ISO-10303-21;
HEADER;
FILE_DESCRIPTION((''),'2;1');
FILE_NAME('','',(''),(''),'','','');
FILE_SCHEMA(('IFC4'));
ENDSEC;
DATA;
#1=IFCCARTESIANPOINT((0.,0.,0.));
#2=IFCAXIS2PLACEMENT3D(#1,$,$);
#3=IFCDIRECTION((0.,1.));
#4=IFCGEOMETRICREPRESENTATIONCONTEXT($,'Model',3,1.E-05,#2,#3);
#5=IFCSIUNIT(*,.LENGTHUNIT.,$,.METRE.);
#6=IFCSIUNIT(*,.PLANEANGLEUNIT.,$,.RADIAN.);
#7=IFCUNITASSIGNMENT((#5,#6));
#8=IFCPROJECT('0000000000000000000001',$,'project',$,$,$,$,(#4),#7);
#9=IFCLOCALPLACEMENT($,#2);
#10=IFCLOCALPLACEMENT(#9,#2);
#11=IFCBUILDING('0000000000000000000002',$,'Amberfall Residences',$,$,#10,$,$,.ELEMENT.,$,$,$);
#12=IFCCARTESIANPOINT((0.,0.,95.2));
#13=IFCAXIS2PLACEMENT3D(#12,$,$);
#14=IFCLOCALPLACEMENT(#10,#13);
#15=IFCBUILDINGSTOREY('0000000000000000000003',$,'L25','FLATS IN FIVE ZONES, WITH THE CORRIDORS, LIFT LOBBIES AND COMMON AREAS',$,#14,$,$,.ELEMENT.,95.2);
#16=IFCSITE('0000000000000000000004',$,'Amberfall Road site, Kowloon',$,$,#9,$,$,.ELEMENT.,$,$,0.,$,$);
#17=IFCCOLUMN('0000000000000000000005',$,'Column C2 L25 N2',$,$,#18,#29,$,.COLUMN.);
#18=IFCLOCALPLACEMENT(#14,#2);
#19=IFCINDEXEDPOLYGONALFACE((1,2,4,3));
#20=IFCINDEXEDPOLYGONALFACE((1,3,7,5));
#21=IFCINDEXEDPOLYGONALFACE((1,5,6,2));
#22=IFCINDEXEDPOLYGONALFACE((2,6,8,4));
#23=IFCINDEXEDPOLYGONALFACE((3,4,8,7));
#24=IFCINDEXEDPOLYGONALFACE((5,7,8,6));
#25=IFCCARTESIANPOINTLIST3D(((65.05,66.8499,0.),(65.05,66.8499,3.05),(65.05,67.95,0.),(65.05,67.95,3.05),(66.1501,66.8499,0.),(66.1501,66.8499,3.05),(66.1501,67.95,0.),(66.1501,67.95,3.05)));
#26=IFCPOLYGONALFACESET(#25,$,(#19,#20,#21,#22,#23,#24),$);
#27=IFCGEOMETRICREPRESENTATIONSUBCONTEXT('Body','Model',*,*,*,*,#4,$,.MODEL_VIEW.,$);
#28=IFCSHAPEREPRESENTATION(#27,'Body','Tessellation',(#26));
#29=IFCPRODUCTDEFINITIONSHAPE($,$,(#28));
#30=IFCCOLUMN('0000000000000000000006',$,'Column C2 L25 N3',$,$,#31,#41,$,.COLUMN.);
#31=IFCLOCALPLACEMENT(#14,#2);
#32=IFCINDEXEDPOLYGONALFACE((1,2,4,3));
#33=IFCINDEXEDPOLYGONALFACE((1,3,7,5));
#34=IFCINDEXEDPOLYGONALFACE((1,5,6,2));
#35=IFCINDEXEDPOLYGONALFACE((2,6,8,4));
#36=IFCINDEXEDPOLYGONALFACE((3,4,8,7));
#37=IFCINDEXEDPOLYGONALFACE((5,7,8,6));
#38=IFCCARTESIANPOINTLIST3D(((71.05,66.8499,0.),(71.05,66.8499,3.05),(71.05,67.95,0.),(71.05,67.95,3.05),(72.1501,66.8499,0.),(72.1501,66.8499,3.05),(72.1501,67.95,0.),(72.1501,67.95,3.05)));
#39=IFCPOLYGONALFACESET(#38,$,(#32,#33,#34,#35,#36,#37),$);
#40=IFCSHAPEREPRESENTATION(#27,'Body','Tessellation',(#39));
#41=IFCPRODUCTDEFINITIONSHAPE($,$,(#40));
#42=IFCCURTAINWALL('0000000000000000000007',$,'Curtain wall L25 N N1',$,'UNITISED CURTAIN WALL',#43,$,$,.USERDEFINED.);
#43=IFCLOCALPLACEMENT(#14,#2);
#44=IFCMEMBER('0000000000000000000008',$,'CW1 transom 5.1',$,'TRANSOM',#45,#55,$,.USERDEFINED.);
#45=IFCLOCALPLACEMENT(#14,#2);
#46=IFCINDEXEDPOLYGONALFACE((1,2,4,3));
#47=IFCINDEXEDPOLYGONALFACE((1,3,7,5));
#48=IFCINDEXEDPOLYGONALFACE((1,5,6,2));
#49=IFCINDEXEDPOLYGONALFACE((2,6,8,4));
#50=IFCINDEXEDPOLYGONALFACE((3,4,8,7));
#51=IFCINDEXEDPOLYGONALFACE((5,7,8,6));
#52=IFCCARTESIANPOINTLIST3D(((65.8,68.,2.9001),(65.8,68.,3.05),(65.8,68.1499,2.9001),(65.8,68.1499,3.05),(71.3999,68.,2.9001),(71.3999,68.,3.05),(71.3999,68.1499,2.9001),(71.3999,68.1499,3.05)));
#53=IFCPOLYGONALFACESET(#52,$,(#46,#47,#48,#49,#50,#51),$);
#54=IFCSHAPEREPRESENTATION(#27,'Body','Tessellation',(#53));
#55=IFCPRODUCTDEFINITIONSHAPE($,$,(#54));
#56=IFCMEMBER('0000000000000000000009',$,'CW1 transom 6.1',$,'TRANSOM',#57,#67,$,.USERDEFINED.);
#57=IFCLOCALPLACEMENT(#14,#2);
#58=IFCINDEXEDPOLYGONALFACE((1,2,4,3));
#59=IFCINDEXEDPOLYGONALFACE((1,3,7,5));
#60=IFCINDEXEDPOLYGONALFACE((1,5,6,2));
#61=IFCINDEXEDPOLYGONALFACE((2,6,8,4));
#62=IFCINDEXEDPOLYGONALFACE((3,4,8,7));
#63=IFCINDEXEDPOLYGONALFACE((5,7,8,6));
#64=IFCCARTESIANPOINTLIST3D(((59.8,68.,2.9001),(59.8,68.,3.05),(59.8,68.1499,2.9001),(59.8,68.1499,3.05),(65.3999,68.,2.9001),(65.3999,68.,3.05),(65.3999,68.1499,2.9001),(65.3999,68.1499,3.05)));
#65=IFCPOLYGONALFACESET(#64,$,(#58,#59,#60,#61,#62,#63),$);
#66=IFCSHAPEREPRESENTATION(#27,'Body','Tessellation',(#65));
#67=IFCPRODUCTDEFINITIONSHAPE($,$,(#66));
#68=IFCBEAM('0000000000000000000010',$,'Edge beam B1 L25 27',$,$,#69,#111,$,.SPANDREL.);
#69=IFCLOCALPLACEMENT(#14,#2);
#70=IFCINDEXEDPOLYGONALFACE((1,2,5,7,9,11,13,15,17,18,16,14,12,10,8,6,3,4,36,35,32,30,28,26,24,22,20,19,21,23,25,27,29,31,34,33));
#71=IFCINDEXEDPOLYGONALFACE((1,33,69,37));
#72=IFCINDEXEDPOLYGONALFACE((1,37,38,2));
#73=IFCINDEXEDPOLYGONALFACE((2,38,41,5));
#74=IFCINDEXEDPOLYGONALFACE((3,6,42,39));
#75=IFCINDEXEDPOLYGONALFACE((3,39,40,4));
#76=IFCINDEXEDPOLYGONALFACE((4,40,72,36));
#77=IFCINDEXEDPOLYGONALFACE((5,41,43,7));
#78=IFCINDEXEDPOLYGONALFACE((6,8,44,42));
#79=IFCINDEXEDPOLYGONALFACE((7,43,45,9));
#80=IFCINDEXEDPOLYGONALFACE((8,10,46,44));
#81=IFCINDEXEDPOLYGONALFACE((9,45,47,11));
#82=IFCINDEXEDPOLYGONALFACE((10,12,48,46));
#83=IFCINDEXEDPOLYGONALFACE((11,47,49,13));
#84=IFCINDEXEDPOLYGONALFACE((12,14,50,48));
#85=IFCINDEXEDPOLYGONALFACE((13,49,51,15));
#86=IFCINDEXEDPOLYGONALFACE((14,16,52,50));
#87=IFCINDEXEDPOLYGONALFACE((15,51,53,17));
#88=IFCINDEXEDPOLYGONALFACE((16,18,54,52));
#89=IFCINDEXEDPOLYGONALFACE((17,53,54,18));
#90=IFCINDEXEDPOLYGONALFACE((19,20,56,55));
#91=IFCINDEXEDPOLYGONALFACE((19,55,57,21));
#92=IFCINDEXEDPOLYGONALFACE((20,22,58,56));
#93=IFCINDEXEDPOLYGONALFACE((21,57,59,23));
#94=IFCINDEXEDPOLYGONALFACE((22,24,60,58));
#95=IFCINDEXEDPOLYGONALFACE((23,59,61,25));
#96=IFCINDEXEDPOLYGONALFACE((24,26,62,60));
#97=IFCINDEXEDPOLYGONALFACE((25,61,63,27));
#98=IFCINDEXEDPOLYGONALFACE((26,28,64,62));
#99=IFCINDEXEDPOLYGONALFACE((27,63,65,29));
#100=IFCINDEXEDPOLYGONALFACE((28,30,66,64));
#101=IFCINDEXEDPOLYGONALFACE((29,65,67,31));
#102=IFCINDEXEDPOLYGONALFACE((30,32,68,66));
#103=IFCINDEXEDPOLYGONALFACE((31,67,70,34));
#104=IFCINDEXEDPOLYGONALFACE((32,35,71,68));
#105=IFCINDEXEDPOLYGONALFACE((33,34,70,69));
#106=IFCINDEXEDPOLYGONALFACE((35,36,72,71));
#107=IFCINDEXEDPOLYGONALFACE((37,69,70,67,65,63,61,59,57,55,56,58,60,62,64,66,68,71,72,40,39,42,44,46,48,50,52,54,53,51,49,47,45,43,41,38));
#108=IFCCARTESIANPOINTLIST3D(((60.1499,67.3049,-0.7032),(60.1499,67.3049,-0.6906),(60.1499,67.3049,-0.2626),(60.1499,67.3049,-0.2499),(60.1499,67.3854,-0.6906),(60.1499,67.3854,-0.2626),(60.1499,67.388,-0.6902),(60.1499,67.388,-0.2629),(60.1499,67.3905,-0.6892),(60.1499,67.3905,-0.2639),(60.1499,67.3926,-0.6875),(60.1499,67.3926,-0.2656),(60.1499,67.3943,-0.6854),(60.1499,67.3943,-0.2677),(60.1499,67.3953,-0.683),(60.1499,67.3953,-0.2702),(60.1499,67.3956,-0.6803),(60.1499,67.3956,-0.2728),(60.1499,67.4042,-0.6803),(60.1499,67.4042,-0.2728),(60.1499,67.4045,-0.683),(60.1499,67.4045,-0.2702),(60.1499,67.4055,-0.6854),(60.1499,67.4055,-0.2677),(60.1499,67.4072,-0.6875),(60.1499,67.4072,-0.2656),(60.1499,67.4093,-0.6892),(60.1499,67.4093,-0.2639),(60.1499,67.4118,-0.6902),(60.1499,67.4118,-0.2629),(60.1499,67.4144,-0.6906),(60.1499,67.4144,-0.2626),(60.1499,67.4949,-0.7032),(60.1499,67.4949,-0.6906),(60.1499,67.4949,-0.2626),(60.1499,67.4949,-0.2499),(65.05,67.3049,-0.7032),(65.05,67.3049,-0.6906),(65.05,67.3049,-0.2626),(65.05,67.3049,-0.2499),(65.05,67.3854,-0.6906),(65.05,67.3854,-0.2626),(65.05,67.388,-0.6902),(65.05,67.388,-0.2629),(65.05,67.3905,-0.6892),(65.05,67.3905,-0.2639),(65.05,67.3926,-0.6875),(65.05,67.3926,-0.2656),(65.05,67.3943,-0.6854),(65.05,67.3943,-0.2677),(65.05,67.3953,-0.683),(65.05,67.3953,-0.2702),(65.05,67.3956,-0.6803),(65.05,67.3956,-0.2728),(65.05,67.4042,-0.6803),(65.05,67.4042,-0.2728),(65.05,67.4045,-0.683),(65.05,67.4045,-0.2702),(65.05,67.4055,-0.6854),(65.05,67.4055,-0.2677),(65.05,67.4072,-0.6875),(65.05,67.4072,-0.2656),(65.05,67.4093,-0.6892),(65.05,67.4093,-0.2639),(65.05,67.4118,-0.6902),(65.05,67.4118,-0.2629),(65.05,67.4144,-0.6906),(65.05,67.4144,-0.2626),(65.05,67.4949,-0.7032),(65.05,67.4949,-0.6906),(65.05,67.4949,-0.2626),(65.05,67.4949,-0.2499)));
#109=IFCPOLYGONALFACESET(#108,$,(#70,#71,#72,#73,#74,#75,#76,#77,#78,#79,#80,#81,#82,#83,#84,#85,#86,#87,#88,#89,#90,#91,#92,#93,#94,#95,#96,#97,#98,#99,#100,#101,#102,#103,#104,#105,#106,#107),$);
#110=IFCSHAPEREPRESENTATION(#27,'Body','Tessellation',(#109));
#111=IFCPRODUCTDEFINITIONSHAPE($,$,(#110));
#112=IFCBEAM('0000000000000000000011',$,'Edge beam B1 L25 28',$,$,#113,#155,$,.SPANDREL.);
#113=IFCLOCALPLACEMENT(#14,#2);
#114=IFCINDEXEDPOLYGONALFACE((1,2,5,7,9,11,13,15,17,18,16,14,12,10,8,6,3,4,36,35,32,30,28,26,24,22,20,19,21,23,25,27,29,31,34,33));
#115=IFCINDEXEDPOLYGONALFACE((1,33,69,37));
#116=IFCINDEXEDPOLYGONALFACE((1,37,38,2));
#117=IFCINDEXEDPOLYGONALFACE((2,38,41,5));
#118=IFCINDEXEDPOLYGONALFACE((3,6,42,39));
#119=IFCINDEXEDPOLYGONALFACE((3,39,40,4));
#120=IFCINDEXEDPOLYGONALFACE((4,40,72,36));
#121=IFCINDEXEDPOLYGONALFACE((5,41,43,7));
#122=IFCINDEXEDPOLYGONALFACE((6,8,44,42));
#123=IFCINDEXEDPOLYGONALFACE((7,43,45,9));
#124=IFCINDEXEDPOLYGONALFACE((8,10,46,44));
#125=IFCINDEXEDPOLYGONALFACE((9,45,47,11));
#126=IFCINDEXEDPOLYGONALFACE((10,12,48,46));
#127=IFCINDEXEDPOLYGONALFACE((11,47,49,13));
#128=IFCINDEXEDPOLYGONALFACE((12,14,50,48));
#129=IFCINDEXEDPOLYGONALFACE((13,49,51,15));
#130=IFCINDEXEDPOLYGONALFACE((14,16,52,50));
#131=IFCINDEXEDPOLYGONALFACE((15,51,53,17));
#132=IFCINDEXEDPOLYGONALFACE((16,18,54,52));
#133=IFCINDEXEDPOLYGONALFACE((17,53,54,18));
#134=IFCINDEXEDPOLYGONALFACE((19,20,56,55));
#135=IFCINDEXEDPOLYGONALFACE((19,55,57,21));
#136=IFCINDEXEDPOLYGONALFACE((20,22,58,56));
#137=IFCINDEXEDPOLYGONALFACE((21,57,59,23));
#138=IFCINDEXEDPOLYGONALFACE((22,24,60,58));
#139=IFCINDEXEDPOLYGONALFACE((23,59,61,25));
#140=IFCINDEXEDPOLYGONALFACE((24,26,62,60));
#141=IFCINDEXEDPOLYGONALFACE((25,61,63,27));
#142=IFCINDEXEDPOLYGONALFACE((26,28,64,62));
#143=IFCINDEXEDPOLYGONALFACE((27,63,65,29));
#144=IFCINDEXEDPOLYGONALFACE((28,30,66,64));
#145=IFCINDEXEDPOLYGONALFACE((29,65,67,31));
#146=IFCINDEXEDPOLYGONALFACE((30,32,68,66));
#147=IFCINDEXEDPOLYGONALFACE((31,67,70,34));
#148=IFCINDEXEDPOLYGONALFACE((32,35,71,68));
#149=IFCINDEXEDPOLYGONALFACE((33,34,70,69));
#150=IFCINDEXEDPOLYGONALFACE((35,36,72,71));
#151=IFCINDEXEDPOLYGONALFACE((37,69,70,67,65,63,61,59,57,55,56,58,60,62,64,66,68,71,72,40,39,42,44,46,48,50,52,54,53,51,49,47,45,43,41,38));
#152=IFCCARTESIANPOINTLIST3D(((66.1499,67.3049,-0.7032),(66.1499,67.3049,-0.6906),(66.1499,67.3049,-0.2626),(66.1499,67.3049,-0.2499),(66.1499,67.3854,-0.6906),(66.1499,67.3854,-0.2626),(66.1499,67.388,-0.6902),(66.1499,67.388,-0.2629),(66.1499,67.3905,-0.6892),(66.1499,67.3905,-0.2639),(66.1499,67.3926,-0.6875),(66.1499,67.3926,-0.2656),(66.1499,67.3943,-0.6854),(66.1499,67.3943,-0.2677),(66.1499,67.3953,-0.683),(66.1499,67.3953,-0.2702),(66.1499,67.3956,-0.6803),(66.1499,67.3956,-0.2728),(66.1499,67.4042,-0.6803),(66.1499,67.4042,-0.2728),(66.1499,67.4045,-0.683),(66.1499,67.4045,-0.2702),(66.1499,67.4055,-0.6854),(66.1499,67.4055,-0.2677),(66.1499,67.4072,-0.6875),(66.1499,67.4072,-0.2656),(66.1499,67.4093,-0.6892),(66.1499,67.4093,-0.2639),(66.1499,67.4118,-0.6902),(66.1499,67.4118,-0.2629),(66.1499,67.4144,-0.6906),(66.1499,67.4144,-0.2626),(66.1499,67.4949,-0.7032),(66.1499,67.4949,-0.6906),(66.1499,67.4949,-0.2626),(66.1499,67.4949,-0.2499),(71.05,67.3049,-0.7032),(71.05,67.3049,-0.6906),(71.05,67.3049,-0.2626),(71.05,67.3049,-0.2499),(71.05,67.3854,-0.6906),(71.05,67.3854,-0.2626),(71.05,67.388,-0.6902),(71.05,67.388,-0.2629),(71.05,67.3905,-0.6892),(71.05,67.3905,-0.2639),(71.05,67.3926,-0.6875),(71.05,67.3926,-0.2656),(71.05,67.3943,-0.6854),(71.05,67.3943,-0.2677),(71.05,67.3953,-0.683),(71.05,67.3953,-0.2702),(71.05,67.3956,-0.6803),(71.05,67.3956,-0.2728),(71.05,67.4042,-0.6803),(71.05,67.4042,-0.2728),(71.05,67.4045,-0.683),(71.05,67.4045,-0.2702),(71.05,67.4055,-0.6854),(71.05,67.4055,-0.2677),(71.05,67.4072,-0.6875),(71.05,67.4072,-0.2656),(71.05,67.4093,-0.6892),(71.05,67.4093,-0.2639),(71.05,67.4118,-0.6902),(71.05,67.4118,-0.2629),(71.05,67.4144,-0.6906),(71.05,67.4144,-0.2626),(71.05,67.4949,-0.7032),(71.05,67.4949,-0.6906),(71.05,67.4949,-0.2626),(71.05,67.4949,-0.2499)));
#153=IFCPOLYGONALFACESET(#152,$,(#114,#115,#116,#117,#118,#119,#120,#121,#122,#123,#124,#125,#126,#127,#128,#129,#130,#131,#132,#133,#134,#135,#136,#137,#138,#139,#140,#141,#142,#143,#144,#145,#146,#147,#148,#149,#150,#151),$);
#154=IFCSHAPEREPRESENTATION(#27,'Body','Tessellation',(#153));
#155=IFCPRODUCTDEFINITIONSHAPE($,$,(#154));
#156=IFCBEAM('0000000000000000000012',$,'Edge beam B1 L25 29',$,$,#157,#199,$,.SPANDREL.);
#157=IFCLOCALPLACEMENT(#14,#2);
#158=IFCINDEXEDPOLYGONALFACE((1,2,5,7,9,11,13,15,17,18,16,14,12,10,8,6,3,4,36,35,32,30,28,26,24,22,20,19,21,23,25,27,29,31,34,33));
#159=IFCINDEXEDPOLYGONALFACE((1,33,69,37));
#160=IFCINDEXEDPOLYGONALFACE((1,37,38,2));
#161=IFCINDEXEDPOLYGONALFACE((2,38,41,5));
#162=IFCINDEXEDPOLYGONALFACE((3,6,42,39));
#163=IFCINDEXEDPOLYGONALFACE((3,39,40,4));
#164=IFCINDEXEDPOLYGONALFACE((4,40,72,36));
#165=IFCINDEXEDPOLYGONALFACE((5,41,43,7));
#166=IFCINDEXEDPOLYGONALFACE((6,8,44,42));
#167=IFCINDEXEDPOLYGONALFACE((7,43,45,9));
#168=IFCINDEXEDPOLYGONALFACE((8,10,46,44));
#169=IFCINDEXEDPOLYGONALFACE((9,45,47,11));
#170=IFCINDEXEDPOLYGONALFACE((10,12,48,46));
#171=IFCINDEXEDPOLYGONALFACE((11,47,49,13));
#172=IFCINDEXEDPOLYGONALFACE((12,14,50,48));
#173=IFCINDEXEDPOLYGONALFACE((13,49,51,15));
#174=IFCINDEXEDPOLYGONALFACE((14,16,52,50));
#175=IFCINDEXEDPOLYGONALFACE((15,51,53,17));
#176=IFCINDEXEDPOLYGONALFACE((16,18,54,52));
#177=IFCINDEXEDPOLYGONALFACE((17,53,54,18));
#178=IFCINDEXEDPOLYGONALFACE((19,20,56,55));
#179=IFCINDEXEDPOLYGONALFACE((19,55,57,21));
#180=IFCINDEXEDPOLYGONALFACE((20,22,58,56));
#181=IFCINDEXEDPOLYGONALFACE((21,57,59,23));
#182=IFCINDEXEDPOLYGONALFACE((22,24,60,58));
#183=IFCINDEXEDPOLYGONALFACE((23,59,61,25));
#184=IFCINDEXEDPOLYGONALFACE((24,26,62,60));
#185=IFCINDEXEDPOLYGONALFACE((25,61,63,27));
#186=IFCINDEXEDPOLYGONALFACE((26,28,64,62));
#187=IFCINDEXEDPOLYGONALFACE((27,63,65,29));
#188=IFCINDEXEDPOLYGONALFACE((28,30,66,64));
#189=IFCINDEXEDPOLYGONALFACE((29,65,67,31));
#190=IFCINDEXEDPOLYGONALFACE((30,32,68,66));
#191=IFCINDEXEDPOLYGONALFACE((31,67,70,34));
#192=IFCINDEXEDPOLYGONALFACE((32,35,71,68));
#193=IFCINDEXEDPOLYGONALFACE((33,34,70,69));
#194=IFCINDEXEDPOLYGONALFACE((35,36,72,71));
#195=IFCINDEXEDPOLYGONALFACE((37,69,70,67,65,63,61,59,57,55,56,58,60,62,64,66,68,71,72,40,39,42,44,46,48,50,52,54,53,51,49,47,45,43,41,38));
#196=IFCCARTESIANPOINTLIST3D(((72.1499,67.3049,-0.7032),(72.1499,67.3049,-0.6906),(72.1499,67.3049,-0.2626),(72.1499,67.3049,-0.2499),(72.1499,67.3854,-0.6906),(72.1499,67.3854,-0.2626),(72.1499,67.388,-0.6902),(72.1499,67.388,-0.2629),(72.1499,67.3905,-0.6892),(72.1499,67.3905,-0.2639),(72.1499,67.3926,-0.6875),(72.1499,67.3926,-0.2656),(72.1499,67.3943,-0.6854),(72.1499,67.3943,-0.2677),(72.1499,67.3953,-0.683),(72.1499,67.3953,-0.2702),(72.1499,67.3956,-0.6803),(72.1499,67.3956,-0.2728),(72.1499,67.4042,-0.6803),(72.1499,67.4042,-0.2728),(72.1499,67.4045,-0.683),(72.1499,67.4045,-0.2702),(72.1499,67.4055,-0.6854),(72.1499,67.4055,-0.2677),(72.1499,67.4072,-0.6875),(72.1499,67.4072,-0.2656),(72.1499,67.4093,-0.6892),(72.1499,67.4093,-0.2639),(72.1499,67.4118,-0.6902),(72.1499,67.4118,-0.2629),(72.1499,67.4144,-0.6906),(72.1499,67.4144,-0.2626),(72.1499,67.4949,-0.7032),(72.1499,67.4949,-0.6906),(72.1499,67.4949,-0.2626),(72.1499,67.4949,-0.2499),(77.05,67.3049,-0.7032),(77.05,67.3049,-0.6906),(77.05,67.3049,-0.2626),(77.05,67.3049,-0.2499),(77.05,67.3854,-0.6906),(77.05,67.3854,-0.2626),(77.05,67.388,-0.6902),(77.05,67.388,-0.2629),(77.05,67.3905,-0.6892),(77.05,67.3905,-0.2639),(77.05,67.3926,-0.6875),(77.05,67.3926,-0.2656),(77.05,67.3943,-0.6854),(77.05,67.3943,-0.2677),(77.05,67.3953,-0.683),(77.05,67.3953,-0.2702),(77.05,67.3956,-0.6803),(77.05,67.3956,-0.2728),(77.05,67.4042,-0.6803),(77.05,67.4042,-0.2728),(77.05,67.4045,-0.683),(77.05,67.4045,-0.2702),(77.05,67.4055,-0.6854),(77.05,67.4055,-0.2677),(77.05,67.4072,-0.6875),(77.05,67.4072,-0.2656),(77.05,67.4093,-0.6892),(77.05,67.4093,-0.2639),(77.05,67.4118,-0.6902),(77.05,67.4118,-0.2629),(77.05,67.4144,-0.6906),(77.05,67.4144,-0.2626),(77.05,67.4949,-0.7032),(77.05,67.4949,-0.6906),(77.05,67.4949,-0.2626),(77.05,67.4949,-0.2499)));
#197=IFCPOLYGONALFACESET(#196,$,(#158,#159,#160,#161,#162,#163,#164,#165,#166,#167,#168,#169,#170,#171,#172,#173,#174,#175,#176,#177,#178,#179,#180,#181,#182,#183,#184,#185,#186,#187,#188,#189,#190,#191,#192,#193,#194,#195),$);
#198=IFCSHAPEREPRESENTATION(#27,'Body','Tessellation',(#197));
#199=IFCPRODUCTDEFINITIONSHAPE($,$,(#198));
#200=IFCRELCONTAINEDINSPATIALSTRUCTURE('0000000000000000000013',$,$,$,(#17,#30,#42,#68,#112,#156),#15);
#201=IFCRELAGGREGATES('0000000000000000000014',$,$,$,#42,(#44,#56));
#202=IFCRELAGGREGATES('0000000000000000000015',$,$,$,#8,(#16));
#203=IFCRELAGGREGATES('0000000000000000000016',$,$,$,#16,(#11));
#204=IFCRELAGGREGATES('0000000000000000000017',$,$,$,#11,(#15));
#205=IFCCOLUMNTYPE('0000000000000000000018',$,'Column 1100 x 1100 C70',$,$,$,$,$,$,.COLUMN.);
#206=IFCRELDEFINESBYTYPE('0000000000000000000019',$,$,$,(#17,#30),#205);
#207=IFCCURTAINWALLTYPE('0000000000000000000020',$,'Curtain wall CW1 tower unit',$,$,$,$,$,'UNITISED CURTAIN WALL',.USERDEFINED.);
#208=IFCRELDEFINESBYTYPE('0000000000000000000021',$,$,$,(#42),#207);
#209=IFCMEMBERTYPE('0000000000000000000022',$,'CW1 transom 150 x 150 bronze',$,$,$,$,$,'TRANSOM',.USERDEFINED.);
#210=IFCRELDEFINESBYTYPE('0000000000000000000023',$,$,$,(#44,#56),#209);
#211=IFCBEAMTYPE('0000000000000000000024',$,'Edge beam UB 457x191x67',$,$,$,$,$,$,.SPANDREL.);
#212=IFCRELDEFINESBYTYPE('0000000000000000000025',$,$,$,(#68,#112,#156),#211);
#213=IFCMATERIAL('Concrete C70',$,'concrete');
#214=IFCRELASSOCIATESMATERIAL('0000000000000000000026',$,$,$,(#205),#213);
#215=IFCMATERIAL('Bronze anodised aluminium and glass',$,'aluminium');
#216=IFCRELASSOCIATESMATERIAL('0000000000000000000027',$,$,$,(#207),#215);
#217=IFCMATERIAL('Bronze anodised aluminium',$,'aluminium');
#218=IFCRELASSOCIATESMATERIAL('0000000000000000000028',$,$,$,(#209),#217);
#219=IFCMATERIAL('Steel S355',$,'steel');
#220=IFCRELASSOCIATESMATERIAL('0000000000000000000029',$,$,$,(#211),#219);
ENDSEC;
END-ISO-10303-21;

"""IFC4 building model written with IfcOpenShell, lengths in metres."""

from ifc_helpers import new_model, si_unit, direction, frame, origin, origin_2d, place, context, subcontext, project, spatial, rectangle, i_section, extrude, material, material_profile, profile_set, type_object, element, aggregate, save


model = new_model("IFC4")

# Units and contexts
model_context = context("Model", 3, precision=1e-05, world=origin(), true_north=direction((0.0, 1.0)))
body_context = subcontext(model_context, "Body", "Model", "MODEL_VIEW")
ifc_project = project(units=[si_unit("LENGTHUNIT", "METRE"), si_unit("PLANEANGLEUNIT", "RADIAN")], contexts=[model_context])

# Site, building, storey
site_placement = place(None, origin())
site = spatial("IfcSite", under=ifc_project, at=site_placement, Name="Amberfall Road site, Kowloon", CompositionType="ELEMENT", RefElevation=0.0)
building_placement = place(site_placement, origin())
building = spatial("IfcBuilding", under=site, at=building_placement, Name="Amberfall Residences", CompositionType="ELEMENT")
storey_placement = place(building_placement, frame((0.0, 0.0, 95.2)))
storey = spatial("IfcBuildingStorey", under=building, at=storey_placement, Name="L25", Description="FLATS IN FIVE ZONES, WITH THE CORRIDORS, LIFT LOBBIES AND COMMON AREAS", CompositionType="ELEMENT", Elevation=95.2)

# Columns
ifc_material_1 = material(Name="Concrete C70", Category="concrete")
ifc_material_profile_1 = material_profile(ifc_material_1, rectangle(XDim=1.1001, YDim=1.1001, at=origin_2d()), Name="Column 1100 x 1100 C70")
ifc_profile_set_1 = profile_set([ifc_material_profile_1], Name="Concrete C70")
column_type = type_object("IfcColumnType", Name="Column 1100 x 1100 C70", PredefinedType="COLUMN", material=ifc_profile_set_1)
for number, where, z_axis, x_axis, name in (
    (1, (65.6001, 67.3999, 0.0), (0.0, 0.0, 1.0), (1.0, 0.0, 0.0), "Column C2 L25 N2"),
    (2, (71.6001, 67.3999, 0.0), (0.0, 0.0, 1.0), (1.0, 0.0, 0.0), "Column C2 L25 N3"),
):
    element("IfcColumn", number, at=place(storey_placement, frame(where, z_axis=z_axis, x_axis=x_axis)), inside=storey, type_object=column_type, Name=name, PredefinedType="COLUMN", context=body_context, shape_type="SweptSolid", body=[
        extrude(rectangle(XDim=1.1001, YDim=1.1001, at=origin_2d()), origin(), (0.0, 0.0, 1.0), 3.05),
    ])

# Curtain wall, members
ifc_material_2 = material(Name="Bronze anodised aluminium and glass", Category="aluminium")
curtain_wall_type = type_object("IfcCurtainWallType", Name="Curtain wall CW1 tower unit", ElementType="UNITISED CURTAIN WALL", PredefinedType="USERDEFINED", material=ifc_material_2)
curtain_wall_placement = place(storey_placement, origin())
curtain_wall = element("IfcCurtainWall", 3, at=curtain_wall_placement, inside=storey, type_object=curtain_wall_type, Name="Curtain wall L25 N N1", ObjectType="UNITISED CURTAIN WALL", PredefinedType="USERDEFINED")
ifc_material_3 = material(Name="Bronze anodised aluminium", Category="aluminium")
ifc_material_profile_2 = material_profile(ifc_material_3, rectangle(XDim=0.1499, YDim=0.1499, at=origin_2d()), Name="CW1 transom 150 x 150 bronze")
ifc_profile_set_2 = profile_set([ifc_material_profile_2], Name="Bronze anodised aluminium")
member_type_1 = type_object("IfcMemberType", Name="CW1 transom 150 x 150 bronze", ElementType="TRANSOM", PredefinedType="USERDEFINED", material=ifc_profile_set_2)
member_1_placement = place(storey_placement, frame((71.3999, 68.075, 2.9751), z_axis=(-1.0, 0.0, 0.0), x_axis=(0.0, -1.0, 0.0)))
member_1 = element("IfcMember", 4, at=member_1_placement, type_object=member_type_1, Name="CW1 transom 5.1", ObjectType="TRANSOM", PredefinedType="USERDEFINED", context=body_context, shape_type="SweptSolid", body=[
    extrude(rectangle(XDim=0.1499, YDim=0.1499, at=origin_2d()), origin(), (0.0, 0.0, 1.0), 5.5999),
])
member_2_placement = place(storey_placement, frame((65.3999, 68.075, 2.9751), z_axis=(-1.0, 0.0, 0.0), x_axis=(0.0, -1.0, 0.0)))
member_2 = element("IfcMember", 5, at=member_2_placement, type_object=member_type_1, Name="CW1 transom 6.1", ObjectType="TRANSOM", PredefinedType="USERDEFINED", context=body_context, shape_type="SweptSolid", body=[
    extrude(rectangle(XDim=0.1499, YDim=0.1499, at=origin_2d()), origin(), (0.0, 0.0, 1.0), 5.5999),
])

# Beams
ifc_material_4 = material(Name="Steel S355", Category="steel")
ifc_material_profile_3 = material_profile(ifc_material_4, i_section(OverallWidth=0.1899, OverallDepth=0.4534, WebThickness=0.0085, FlangeThickness=0.0127, FilletRadius=0.0103, at=origin_2d()), Name="UB 457x191x67")
ifc_profile_set_3 = profile_set([ifc_material_profile_3], Name="Steel S355")
beam_type_1 = type_object("IfcBeamType", Name="Edge beam UB 457x191x67", PredefinedType="SPANDREL", material=ifc_profile_set_3)
for number, where, z_axis, x_axis, name in (
    (6, (60.1499, 67.3999, -0.4766), (1.0, 0.0, 0.0), (0.0, 1.0, 0.0), "Edge beam B1 L25 27"),
    (7, (66.1499, 67.3999, -0.4766), (1.0, 0.0, 0.0), (0.0, 1.0, 0.0), "Edge beam B1 L25 28"),
    (8, (72.1499, 67.3999, -0.4766), (1.0, 0.0, 0.0), (0.0, 1.0, 0.0), "Edge beam B1 L25 29"),
):
    element("IfcBeam", number, at=place(storey_placement, frame(where, z_axis=z_axis, x_axis=x_axis)), inside=storey, type_object=beam_type_1, Name=name, PredefinedType="SPANDREL", context=body_context, shape_type="SweptSolid", body=[
        extrude(i_section(OverallWidth=0.1899, OverallDepth=0.4534, WebThickness=0.0085, FlangeThickness=0.0127, FilletRadius=0.0103, at=origin_2d()), origin(), (0.0, 0.0, 1.0), 4.9001),
    ])

aggregate(curtain_wall, [member_1, member_2])

save(model, "model.ifc")
